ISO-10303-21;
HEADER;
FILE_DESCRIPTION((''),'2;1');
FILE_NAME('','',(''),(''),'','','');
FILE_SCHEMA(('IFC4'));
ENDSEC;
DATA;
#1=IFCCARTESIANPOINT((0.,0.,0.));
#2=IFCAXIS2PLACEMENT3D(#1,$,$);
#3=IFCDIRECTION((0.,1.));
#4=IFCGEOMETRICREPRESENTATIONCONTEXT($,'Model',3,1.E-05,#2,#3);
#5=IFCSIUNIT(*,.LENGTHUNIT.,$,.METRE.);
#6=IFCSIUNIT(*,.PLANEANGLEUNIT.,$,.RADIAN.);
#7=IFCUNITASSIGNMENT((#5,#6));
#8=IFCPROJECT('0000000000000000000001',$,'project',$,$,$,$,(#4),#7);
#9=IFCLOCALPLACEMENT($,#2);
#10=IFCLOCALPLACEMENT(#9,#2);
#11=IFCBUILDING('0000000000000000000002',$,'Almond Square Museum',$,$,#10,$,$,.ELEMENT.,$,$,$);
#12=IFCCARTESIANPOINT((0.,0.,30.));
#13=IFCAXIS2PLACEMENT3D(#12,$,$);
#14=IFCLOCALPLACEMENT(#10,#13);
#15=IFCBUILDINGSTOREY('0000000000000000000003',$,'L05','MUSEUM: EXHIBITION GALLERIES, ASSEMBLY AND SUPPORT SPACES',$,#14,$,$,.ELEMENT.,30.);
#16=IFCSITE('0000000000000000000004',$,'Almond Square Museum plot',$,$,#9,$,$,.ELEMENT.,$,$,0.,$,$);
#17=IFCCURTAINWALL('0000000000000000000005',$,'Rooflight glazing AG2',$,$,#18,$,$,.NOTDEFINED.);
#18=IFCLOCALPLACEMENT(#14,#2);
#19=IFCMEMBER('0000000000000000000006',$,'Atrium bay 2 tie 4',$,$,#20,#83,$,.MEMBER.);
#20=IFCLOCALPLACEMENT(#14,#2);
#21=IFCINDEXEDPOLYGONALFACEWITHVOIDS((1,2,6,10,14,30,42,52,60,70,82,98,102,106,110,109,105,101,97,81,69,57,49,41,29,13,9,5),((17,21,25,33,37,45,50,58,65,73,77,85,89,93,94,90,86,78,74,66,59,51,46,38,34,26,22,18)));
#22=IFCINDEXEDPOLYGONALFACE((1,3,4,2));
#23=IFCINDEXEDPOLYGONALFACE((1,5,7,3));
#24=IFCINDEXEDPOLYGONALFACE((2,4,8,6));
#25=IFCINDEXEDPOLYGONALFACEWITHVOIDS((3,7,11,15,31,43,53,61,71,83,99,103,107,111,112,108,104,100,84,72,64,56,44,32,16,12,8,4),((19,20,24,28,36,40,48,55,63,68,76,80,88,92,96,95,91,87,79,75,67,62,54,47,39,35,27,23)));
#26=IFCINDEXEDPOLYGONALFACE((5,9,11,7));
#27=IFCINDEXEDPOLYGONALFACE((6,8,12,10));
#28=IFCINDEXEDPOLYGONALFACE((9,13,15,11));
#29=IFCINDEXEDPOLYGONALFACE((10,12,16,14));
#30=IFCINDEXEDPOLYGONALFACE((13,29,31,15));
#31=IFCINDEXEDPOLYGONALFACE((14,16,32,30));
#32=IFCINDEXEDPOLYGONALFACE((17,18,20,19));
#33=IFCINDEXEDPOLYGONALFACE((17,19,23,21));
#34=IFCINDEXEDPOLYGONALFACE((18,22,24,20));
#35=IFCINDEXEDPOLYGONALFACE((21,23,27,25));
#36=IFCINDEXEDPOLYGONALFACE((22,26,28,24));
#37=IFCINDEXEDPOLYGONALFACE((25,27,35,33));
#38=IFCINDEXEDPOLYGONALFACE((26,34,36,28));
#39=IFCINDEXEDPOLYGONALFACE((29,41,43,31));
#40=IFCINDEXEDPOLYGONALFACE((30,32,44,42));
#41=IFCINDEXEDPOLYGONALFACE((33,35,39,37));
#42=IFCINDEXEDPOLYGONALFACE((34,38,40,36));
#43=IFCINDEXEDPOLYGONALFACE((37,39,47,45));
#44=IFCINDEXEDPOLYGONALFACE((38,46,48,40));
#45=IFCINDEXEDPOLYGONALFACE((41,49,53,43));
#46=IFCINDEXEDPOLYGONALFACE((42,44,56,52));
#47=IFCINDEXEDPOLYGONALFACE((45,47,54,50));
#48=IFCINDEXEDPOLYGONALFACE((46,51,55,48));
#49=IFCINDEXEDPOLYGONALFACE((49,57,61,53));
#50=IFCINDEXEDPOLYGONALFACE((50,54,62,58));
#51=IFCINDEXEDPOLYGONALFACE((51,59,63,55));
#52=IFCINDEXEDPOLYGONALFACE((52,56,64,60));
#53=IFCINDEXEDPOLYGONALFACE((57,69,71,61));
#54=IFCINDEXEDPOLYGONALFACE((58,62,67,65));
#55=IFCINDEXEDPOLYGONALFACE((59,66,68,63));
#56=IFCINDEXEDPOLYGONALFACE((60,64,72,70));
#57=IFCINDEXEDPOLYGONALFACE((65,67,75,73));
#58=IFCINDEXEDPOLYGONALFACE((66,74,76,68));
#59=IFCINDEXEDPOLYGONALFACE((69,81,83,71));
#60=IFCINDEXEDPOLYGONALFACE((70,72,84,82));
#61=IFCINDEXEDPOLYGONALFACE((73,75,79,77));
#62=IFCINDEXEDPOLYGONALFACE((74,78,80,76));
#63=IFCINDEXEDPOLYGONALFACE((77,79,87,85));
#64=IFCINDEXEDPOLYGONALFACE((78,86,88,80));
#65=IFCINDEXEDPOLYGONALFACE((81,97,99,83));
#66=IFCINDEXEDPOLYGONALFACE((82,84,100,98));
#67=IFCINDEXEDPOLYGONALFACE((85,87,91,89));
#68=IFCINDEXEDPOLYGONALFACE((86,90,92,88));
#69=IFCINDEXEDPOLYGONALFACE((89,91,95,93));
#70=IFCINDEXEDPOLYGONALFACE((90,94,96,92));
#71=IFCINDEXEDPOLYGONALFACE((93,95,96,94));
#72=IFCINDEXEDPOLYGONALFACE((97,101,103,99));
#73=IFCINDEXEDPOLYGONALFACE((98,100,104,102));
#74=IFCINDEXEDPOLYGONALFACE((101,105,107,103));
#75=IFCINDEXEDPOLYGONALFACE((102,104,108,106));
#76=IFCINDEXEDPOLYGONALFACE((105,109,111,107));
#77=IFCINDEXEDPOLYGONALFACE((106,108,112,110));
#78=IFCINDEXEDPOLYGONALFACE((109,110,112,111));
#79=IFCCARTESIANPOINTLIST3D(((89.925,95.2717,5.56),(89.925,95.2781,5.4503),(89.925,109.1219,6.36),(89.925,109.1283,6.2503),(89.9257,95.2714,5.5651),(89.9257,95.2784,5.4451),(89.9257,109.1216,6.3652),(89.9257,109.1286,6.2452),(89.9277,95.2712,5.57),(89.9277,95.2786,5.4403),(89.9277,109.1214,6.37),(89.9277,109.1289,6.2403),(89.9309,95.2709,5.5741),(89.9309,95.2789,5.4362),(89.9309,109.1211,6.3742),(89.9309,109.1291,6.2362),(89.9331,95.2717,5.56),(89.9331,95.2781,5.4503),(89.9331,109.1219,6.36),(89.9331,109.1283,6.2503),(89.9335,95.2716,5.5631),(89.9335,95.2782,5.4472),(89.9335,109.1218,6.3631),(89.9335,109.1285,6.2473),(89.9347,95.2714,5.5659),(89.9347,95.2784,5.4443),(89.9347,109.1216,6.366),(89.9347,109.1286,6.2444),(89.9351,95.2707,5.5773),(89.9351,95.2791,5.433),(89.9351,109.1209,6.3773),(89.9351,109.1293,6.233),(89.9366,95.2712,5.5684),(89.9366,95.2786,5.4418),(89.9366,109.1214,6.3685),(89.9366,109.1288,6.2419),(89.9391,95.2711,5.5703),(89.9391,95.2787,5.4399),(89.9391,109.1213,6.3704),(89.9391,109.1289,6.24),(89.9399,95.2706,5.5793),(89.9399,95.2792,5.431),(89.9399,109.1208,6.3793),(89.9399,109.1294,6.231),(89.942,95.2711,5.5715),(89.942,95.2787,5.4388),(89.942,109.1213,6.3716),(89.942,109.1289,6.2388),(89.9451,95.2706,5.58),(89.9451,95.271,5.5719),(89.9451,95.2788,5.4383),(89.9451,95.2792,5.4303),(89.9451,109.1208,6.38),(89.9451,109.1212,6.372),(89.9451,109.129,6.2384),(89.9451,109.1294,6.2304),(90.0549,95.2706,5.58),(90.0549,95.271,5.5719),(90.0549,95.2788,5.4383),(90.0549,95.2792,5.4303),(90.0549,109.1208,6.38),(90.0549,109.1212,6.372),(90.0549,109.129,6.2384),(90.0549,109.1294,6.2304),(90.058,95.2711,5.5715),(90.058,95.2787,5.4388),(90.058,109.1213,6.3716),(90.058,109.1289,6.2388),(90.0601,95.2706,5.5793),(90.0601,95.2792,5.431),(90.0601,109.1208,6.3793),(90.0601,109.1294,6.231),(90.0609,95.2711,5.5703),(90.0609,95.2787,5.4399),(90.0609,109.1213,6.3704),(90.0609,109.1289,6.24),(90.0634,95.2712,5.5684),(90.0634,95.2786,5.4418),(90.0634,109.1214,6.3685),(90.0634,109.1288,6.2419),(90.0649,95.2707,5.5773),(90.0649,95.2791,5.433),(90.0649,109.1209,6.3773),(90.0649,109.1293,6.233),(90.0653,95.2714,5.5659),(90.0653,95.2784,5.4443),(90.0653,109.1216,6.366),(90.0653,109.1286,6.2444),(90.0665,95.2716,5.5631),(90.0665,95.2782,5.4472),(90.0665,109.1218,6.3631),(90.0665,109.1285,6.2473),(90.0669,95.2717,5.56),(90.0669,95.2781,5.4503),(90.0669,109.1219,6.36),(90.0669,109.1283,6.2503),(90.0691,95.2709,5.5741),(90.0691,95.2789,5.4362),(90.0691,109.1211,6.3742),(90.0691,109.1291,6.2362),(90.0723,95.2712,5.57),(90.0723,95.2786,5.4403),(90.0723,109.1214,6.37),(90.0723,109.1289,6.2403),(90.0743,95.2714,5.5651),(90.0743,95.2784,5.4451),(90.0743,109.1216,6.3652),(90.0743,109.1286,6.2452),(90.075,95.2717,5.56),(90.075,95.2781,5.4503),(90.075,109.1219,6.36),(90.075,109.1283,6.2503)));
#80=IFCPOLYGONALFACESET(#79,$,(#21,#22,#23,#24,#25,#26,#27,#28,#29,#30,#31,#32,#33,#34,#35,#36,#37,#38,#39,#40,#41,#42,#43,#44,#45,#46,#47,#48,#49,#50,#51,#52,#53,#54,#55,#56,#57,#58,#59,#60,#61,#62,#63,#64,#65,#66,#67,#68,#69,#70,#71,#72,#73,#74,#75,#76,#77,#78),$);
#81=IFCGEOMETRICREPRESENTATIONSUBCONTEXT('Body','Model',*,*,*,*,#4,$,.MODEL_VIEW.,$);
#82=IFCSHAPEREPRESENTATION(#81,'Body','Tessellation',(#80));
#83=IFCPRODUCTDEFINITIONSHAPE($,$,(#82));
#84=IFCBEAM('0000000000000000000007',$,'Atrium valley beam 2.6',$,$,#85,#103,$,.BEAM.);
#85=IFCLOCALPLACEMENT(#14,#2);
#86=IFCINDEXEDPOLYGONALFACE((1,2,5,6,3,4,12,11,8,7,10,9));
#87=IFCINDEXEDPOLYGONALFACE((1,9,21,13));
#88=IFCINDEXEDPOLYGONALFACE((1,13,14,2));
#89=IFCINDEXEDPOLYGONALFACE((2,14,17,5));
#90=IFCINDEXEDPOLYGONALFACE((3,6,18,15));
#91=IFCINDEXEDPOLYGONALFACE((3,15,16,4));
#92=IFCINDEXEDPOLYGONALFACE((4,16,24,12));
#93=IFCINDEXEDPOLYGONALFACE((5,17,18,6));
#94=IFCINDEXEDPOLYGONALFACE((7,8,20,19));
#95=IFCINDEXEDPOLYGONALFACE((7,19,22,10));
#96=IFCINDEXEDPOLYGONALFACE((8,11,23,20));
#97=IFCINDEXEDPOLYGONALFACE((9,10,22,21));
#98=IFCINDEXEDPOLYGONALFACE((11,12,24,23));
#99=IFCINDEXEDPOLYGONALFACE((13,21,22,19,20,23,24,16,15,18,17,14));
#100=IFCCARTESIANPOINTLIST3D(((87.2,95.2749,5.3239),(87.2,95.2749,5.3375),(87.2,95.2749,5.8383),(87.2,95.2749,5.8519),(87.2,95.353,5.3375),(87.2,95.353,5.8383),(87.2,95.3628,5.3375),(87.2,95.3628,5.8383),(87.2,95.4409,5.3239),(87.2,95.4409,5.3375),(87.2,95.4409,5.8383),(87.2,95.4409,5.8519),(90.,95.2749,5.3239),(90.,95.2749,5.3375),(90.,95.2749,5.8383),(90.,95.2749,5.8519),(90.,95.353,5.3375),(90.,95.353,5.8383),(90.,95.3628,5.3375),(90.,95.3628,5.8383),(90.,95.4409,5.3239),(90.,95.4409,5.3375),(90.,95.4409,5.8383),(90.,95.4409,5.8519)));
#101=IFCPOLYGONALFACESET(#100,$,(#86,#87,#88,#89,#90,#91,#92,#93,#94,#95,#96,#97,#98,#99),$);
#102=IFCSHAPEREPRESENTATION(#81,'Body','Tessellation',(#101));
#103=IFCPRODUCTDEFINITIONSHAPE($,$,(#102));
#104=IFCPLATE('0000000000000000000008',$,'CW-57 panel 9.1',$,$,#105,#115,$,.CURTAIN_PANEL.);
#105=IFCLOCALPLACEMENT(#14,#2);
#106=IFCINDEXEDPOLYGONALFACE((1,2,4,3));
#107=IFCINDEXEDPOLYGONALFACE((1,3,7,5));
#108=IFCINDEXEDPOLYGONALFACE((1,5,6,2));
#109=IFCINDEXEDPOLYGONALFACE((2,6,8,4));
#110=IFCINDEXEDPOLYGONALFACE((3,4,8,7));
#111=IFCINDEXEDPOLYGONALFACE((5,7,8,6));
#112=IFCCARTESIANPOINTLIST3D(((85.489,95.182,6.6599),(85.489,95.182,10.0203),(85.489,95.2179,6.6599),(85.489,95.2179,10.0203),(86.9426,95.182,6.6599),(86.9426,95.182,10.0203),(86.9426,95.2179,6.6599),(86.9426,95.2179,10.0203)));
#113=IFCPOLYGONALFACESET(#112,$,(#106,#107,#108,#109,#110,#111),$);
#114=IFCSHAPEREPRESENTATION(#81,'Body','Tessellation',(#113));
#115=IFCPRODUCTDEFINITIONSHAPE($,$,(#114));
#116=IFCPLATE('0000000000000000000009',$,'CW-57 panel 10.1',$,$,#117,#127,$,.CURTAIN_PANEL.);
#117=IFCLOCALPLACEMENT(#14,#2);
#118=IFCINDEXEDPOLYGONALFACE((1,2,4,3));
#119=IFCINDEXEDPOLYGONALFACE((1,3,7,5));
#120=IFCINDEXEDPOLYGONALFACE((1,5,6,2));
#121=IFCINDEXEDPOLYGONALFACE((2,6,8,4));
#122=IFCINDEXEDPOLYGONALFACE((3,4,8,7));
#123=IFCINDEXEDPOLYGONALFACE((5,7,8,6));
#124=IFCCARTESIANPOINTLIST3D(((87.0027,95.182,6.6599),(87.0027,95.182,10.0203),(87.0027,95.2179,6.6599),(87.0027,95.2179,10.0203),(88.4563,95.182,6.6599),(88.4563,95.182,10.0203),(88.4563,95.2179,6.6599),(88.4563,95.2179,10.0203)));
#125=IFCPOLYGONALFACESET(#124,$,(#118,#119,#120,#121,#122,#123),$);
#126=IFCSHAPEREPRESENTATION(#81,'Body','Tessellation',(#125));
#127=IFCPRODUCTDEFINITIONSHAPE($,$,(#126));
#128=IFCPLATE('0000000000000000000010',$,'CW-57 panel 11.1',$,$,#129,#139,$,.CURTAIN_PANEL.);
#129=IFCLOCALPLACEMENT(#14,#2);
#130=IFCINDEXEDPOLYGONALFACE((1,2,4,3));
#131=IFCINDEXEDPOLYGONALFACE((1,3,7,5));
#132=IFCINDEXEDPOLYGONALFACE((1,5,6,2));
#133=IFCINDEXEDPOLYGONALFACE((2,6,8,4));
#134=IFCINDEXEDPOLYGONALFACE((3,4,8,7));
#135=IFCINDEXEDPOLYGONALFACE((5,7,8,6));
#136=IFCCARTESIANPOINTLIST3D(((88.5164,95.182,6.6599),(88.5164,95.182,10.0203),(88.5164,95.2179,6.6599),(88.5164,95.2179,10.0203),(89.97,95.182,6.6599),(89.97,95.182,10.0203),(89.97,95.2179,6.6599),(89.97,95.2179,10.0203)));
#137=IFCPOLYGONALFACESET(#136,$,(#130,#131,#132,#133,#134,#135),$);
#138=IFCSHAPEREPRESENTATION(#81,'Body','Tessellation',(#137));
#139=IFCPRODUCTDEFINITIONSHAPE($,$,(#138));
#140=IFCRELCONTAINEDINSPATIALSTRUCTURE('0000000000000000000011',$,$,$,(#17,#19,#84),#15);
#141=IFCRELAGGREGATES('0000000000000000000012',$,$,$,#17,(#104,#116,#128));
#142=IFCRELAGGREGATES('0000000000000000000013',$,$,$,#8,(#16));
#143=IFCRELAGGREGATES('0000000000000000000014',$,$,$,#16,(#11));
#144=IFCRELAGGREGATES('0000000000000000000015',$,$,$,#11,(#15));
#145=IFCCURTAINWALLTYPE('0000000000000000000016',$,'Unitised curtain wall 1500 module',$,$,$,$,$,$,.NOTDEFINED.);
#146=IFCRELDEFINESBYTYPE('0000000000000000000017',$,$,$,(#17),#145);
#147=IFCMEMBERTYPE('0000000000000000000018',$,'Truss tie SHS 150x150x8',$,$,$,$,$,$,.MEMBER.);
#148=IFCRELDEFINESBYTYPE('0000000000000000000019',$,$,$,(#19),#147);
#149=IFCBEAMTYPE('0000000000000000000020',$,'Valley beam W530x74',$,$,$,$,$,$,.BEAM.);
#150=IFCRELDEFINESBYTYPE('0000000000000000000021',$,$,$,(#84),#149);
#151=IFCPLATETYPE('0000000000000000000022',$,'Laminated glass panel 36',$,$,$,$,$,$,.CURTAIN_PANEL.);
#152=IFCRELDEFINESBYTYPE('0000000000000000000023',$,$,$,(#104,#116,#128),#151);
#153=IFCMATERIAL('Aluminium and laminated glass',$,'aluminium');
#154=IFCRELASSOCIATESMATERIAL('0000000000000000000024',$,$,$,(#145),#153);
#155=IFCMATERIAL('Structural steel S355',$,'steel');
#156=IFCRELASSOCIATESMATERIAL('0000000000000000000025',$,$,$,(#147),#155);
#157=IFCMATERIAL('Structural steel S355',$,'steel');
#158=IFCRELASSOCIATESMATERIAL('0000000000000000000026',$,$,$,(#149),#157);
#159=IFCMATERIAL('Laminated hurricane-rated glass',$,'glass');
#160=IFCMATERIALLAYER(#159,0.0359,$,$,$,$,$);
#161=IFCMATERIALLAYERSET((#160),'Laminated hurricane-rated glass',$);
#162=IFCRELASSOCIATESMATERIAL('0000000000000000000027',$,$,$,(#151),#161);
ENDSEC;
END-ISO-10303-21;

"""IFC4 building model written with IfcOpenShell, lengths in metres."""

from ifc_helpers import new_model, si_unit, direction, frame, origin, origin_2d, place, context, subcontext, project, spatial, rectangle, hollow_rectangle, i_section, extrude, material, layer, layer_set, material_profile, profile_set, type_object, element, aggregate, save


model = new_model("IFC4")

# Units and contexts
model_context = context("Model", 3, precision=1e-05, world=origin(), true_north=direction((0.0, 1.0)))
body_context = subcontext(model_context, "Body", "Model", "MODEL_VIEW")
ifc_project = project(units=[si_unit("LENGTHUNIT", "METRE"), si_unit("PLANEANGLEUNIT", "RADIAN")], contexts=[model_context])

# Site, building, storey
site_placement = place(None, origin())
site = spatial("IfcSite", under=ifc_project, at=site_placement, Name="Almond Square Museum plot", CompositionType="ELEMENT", RefElevation=0.0)
building_placement = place(site_placement, origin())
building = spatial("IfcBuilding", under=site, at=building_placement, Name="Almond Square Museum", CompositionType="ELEMENT")
storey_placement = place(building_placement, frame((0.0, 0.0, 30.0)))
storey = spatial("IfcBuildingStorey", under=building, at=storey_placement, Name="L05", Description="MUSEUM: EXHIBITION GALLERIES, ASSEMBLY AND SUPPORT SPACES", CompositionType="ELEMENT", Elevation=30.0)

# Curtain wall
ifc_material_1 = material(Name="Aluminium and laminated glass", Category="aluminium")
curtain_wall_type = type_object("IfcCurtainWallType", Name="Unitised curtain wall 1500 module", PredefinedType="NOTDEFINED", material=ifc_material_1)
curtain_wall_placement = place(storey_placement, origin())
curtain_wall = element("IfcCurtainWall", 1, at=curtain_wall_placement, inside=storey, type_object=curtain_wall_type, Name="Rooflight glazing AG2", PredefinedType="NOTDEFINED")

# Member
ifc_material_2 = material(Name="Structural steel S355", Category="steel")
ifc_material_profile_1 = material_profile(ifc_material_2, hollow_rectangle(XDim=0.1499, YDim=0.1499, WallThickness=0.0081, InnerFilletRadius=0.012, OuterFilletRadius=0.02, at=origin_2d()))
ifc_profile_set_1 = profile_set([ifc_material_profile_1], Name="Structural steel S355")
member_type_1 = type_object("IfcMemberType", Name="Truss tie SHS 150x150x8", PredefinedType="MEMBER", material=ifc_profile_set_1)
member_1_placement = place(storey_placement, frame((90.0, 95.2749, 5.5051), z_axis=(0.0, 0.998336, 0.057669), x_axis=(-1.0, 0.0, 0.0)))
element("IfcMember", 2, at=member_1_placement, inside=storey, type_object=member_type_1, Name="Atrium bay 2 tie 4", PredefinedType="MEMBER", context=body_context, shape_type="SweptSolid", body=[
    extrude(hollow_rectangle(XDim=0.1499, YDim=0.1499, WallThickness=0.0081, InnerFilletRadius=0.012, OuterFilletRadius=0.02, at=origin_2d()), origin(), (0.0, 0.0, 1.0), 13.8733),
])

# Beam
ifc_material_3 = material(Name="Structural steel S355", Category="steel")
ifc_material_profile_2 = material_profile(ifc_material_3, i_section(OverallWidth=0.166, OverallDepth=0.5281, WebThickness=0.0098, FlangeThickness=0.0137, at=origin_2d()))
ifc_profile_set_2 = profile_set([ifc_material_profile_2], Name="Structural steel S355")
beam_type = type_object("IfcBeamType", Name="Valley beam W530x74", PredefinedType="BEAM", material=ifc_profile_set_2)
beam_placement = place(storey_placement, frame((87.2, 95.3579, 5.5879), z_axis=(1.0, 0.0, 0.0), x_axis=(0.0, 1.0, 0.0)))
element("IfcBeam", 3, at=beam_placement, inside=storey, type_object=beam_type, Name="Atrium valley beam 2.6", PredefinedType="BEAM", context=body_context, shape_type="SweptSolid", body=[
    extrude(i_section(OverallWidth=0.166, OverallDepth=0.5281, WebThickness=0.0098, FlangeThickness=0.0137, at=origin_2d()), origin(), (0.0, 0.0, 1.0), 2.8),
])

# Plates
ifc_material_4 = material(Name="Laminated hurricane-rated glass", Category="glass")
ifc_layer = layer(ifc_material_4, 0.0359)
ifc_layer_set = layer_set([ifc_layer], Name="Laminated hurricane-rated glass")
plate_type = type_object("IfcPlateType", Name="Laminated glass panel 36", PredefinedType="CURTAIN_PANEL", material=ifc_layer_set)
plate_1_placement = place(storey_placement, frame((86.2158, 95.2, 6.6599), z_axis=(0.0, 0.0, 1.0), x_axis=(1.0, 0.0, 0.0)))
plate_1 = element("IfcPlate", 4, at=plate_1_placement, type_object=plate_type, Name="CW-57 panel 9.1", PredefinedType="CURTAIN_PANEL", context=body_context, shape_type="SweptSolid", body=[
    extrude(rectangle(XDim=1.4536, YDim=0.0359, at=origin_2d()), origin(), (0.0, 0.0, 1.0), 3.3604),
])
plate_2_placement = place(storey_placement, frame((87.7295, 95.2, 6.6599), z_axis=(0.0, 0.0, 1.0), x_axis=(1.0, 0.0, 0.0)))
plate_2 = element("IfcPlate", 5, at=plate_2_placement, type_object=plate_type, Name="CW-57 panel 10.1", PredefinedType="CURTAIN_PANEL", context=body_context, shape_type="SweptSolid", body=[
    extrude(rectangle(XDim=1.4536, YDim=0.0359, at=origin_2d()), origin(), (0.0, 0.0, 1.0), 3.3604),
])
plate_3_placement = place(storey_placement, frame((89.2432, 95.2, 6.6599), z_axis=(0.0, 0.0, 1.0), x_axis=(1.0, 0.0, 0.0)))
plate_3 = element("IfcPlate", 6, at=plate_3_placement, type_object=plate_type, Name="CW-57 panel 11.1", PredefinedType="CURTAIN_PANEL", context=body_context, shape_type="SweptSolid", body=[
    extrude(rectangle(XDim=1.4536, YDim=0.0359, at=origin_2d()), origin(), (0.0, 0.0, 1.0), 3.3604),
])
aggregate(curtain_wall, [plate_1, plate_2, plate_3])

save(model, "model.ifc")
